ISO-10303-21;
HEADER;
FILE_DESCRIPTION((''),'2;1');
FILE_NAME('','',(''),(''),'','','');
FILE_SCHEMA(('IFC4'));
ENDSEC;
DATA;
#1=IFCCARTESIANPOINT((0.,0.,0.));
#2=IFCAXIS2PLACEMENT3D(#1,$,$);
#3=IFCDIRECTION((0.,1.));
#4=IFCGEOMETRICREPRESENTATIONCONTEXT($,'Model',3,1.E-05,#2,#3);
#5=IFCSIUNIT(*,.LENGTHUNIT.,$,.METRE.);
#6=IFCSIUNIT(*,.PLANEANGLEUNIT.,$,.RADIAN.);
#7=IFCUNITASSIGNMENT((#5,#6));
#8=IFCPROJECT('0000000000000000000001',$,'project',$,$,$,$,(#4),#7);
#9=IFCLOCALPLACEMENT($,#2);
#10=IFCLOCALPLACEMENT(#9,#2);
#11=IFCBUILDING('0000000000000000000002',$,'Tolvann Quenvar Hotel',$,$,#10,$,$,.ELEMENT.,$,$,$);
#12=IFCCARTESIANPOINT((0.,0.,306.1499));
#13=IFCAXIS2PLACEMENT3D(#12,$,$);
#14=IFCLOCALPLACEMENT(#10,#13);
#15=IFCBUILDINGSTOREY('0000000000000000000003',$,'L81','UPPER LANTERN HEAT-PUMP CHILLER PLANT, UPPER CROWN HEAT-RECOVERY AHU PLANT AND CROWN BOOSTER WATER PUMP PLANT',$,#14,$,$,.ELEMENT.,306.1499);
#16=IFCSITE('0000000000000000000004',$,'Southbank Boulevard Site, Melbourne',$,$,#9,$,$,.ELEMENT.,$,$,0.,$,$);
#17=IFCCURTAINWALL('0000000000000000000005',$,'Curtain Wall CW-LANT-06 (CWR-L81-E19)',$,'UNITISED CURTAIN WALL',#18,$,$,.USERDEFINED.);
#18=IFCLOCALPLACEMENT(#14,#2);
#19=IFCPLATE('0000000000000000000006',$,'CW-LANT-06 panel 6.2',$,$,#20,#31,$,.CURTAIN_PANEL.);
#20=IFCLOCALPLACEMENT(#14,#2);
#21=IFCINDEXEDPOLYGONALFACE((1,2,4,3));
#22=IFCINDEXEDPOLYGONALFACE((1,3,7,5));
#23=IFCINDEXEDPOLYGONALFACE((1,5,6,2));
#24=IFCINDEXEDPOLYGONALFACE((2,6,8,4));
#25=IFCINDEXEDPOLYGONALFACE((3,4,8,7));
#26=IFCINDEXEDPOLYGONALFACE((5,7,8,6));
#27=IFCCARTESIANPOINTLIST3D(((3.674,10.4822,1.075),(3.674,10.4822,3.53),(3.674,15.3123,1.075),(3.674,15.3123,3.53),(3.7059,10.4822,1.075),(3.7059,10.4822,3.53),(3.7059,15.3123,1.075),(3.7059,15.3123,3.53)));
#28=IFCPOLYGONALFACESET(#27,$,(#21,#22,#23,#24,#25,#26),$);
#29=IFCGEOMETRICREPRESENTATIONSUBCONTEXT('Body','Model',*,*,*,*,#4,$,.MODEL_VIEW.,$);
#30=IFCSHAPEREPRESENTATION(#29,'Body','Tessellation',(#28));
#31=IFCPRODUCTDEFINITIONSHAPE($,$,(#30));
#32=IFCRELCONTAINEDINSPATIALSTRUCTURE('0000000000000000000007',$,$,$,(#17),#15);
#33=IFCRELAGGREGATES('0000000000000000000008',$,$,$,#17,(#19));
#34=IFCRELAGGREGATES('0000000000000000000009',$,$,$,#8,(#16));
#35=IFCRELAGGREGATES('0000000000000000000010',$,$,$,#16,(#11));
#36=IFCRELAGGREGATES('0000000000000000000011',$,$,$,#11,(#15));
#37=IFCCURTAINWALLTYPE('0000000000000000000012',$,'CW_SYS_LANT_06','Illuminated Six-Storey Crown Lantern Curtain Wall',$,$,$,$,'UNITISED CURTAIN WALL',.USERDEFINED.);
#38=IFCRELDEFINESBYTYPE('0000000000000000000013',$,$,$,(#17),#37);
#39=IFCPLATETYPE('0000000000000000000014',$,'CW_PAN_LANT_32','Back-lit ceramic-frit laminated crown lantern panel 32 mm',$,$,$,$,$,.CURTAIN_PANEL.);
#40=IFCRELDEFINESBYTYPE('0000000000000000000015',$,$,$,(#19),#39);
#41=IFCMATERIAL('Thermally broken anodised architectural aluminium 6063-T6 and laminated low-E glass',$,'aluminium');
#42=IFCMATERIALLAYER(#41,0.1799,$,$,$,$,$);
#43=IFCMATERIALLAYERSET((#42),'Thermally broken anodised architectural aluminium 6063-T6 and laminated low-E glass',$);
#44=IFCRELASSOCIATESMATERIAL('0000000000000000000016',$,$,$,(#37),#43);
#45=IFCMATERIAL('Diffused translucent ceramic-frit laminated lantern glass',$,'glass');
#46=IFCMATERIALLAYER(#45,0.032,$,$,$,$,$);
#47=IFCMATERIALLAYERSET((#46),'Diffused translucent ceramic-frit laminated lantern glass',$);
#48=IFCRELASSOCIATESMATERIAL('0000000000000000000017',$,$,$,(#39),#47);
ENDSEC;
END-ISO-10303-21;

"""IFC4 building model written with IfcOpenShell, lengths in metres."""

from ifc_helpers import new_model, si_unit, direction, frame, origin, origin_2d, place, context, subcontext, project, spatial, rectangle, extrude, source, transform, mapped, material, layer, layer_set, type_object, element, aggregate, save


model = new_model("IFC4")

# Units and contexts
model_context = context("Model", 3, precision=1e-05, world=origin(), true_north=direction((0.0, 1.0)))
body_context = subcontext(model_context, "Body", "Model", "MODEL_VIEW")
ifc_project = project(units=[si_unit("LENGTHUNIT", "METRE"), si_unit("PLANEANGLEUNIT", "RADIAN")], contexts=[model_context])

# Site, building, storey
site_placement = place(None, origin())
site = spatial("IfcSite", under=ifc_project, at=site_placement, Name="Southbank Boulevard Site, Melbourne", CompositionType="ELEMENT", RefElevation=0.0)
building_placement = place(site_placement, origin())
building = spatial("IfcBuilding", under=site, at=building_placement, Name="Tolvann Quenvar Hotel", CompositionType="ELEMENT")
storey_placement = place(building_placement, frame((0.0, 0.0, 306.1499)))
storey = spatial("IfcBuildingStorey", under=building, at=storey_placement, Name="L81", Description="UPPER LANTERN HEAT-PUMP CHILLER PLANT, UPPER CROWN HEAT-RECOVERY AHU PLANT AND CROWN BOOSTER WATER PUMP PLANT", CompositionType="ELEMENT", Elevation=306.1499)

# Shared definitions
ifc_material_1 = material(Name="Thermally broken anodised architectural aluminium 6063-T6 and laminated low-E glass", Category="aluminium")
ifc_layer_1 = layer(ifc_material_1, 0.1799)
ifc_layer_set_1 = layer_set([ifc_layer_1], Name="Thermally broken anodised architectural aluminium 6063-T6 and laminated low-E glass")
curtain_wall_type = type_object("IfcCurtainWallType", Name="CW_SYS_LANT_06", Description="Illuminated Six-Storey Crown Lantern Curtain Wall", ElementType="UNITISED CURTAIN WALL", PredefinedType="USERDEFINED", material=ifc_layer_set_1)

# Curtain wall
curtain_wall_1_placement = place(storey_placement, origin())
curtain_wall_1 = element("IfcCurtainWall", 1, at=curtain_wall_1_placement, inside=storey, type_object=curtain_wall_type, Name="Curtain Wall CW-LANT-06 (CWR-L81-E19)", ObjectType="UNITISED CURTAIN WALL", PredefinedType="USERDEFINED")

# Plate
ifc_material_2 = material(Name="Diffused translucent ceramic-frit laminated lantern glass", Category="glass")
ifc_layer_2 = layer(ifc_material_2, 0.032)
ifc_layer_set_2 = layer_set([ifc_layer_2], Name="Diffused translucent ceramic-frit laminated lantern glass")
plate_type_1 = type_object("IfcPlateType", Name="CW_PAN_LANT_32", Description="Back-lit ceramic-frit laminated crown lantern panel 32 mm", PredefinedType="CURTAIN_PANEL", material=ifc_layer_set_2)
shared_shape_1 = source(origin(), body_context, "Body", "SweptSolid", [
    extrude(rectangle(XDim=4.8301, YDim=0.032, at=origin_2d()), origin(), (0.0, 0.0, 1.0), 2.4551),
])
plate_1_placement = place(storey_placement, frame((3.6899, 12.8972, 1.075), z_axis=(0.0, 0.0, 1.0), x_axis=(0.0, -1.0, 0.0)))
plate_1 = element("IfcPlate", 2, at=plate_1_placement, type_object=plate_type_1, Name="CW-LANT-06 panel 6.2", PredefinedType="CURTAIN_PANEL", context=body_context, shape_type="MappedRepresentation", body=[
    mapped(shared_shape_1, transform((0.0, 0.0, 0.0), x_axis=(1.0, 0.0, 0.0), y_axis=(0.0, 1.0, 0.0), z_axis=(0.0, 0.0, 1.0), scale=1.0)),
])
aggregate(curtain_wall_1, [plate_1])

save(model, "model.ifc")
